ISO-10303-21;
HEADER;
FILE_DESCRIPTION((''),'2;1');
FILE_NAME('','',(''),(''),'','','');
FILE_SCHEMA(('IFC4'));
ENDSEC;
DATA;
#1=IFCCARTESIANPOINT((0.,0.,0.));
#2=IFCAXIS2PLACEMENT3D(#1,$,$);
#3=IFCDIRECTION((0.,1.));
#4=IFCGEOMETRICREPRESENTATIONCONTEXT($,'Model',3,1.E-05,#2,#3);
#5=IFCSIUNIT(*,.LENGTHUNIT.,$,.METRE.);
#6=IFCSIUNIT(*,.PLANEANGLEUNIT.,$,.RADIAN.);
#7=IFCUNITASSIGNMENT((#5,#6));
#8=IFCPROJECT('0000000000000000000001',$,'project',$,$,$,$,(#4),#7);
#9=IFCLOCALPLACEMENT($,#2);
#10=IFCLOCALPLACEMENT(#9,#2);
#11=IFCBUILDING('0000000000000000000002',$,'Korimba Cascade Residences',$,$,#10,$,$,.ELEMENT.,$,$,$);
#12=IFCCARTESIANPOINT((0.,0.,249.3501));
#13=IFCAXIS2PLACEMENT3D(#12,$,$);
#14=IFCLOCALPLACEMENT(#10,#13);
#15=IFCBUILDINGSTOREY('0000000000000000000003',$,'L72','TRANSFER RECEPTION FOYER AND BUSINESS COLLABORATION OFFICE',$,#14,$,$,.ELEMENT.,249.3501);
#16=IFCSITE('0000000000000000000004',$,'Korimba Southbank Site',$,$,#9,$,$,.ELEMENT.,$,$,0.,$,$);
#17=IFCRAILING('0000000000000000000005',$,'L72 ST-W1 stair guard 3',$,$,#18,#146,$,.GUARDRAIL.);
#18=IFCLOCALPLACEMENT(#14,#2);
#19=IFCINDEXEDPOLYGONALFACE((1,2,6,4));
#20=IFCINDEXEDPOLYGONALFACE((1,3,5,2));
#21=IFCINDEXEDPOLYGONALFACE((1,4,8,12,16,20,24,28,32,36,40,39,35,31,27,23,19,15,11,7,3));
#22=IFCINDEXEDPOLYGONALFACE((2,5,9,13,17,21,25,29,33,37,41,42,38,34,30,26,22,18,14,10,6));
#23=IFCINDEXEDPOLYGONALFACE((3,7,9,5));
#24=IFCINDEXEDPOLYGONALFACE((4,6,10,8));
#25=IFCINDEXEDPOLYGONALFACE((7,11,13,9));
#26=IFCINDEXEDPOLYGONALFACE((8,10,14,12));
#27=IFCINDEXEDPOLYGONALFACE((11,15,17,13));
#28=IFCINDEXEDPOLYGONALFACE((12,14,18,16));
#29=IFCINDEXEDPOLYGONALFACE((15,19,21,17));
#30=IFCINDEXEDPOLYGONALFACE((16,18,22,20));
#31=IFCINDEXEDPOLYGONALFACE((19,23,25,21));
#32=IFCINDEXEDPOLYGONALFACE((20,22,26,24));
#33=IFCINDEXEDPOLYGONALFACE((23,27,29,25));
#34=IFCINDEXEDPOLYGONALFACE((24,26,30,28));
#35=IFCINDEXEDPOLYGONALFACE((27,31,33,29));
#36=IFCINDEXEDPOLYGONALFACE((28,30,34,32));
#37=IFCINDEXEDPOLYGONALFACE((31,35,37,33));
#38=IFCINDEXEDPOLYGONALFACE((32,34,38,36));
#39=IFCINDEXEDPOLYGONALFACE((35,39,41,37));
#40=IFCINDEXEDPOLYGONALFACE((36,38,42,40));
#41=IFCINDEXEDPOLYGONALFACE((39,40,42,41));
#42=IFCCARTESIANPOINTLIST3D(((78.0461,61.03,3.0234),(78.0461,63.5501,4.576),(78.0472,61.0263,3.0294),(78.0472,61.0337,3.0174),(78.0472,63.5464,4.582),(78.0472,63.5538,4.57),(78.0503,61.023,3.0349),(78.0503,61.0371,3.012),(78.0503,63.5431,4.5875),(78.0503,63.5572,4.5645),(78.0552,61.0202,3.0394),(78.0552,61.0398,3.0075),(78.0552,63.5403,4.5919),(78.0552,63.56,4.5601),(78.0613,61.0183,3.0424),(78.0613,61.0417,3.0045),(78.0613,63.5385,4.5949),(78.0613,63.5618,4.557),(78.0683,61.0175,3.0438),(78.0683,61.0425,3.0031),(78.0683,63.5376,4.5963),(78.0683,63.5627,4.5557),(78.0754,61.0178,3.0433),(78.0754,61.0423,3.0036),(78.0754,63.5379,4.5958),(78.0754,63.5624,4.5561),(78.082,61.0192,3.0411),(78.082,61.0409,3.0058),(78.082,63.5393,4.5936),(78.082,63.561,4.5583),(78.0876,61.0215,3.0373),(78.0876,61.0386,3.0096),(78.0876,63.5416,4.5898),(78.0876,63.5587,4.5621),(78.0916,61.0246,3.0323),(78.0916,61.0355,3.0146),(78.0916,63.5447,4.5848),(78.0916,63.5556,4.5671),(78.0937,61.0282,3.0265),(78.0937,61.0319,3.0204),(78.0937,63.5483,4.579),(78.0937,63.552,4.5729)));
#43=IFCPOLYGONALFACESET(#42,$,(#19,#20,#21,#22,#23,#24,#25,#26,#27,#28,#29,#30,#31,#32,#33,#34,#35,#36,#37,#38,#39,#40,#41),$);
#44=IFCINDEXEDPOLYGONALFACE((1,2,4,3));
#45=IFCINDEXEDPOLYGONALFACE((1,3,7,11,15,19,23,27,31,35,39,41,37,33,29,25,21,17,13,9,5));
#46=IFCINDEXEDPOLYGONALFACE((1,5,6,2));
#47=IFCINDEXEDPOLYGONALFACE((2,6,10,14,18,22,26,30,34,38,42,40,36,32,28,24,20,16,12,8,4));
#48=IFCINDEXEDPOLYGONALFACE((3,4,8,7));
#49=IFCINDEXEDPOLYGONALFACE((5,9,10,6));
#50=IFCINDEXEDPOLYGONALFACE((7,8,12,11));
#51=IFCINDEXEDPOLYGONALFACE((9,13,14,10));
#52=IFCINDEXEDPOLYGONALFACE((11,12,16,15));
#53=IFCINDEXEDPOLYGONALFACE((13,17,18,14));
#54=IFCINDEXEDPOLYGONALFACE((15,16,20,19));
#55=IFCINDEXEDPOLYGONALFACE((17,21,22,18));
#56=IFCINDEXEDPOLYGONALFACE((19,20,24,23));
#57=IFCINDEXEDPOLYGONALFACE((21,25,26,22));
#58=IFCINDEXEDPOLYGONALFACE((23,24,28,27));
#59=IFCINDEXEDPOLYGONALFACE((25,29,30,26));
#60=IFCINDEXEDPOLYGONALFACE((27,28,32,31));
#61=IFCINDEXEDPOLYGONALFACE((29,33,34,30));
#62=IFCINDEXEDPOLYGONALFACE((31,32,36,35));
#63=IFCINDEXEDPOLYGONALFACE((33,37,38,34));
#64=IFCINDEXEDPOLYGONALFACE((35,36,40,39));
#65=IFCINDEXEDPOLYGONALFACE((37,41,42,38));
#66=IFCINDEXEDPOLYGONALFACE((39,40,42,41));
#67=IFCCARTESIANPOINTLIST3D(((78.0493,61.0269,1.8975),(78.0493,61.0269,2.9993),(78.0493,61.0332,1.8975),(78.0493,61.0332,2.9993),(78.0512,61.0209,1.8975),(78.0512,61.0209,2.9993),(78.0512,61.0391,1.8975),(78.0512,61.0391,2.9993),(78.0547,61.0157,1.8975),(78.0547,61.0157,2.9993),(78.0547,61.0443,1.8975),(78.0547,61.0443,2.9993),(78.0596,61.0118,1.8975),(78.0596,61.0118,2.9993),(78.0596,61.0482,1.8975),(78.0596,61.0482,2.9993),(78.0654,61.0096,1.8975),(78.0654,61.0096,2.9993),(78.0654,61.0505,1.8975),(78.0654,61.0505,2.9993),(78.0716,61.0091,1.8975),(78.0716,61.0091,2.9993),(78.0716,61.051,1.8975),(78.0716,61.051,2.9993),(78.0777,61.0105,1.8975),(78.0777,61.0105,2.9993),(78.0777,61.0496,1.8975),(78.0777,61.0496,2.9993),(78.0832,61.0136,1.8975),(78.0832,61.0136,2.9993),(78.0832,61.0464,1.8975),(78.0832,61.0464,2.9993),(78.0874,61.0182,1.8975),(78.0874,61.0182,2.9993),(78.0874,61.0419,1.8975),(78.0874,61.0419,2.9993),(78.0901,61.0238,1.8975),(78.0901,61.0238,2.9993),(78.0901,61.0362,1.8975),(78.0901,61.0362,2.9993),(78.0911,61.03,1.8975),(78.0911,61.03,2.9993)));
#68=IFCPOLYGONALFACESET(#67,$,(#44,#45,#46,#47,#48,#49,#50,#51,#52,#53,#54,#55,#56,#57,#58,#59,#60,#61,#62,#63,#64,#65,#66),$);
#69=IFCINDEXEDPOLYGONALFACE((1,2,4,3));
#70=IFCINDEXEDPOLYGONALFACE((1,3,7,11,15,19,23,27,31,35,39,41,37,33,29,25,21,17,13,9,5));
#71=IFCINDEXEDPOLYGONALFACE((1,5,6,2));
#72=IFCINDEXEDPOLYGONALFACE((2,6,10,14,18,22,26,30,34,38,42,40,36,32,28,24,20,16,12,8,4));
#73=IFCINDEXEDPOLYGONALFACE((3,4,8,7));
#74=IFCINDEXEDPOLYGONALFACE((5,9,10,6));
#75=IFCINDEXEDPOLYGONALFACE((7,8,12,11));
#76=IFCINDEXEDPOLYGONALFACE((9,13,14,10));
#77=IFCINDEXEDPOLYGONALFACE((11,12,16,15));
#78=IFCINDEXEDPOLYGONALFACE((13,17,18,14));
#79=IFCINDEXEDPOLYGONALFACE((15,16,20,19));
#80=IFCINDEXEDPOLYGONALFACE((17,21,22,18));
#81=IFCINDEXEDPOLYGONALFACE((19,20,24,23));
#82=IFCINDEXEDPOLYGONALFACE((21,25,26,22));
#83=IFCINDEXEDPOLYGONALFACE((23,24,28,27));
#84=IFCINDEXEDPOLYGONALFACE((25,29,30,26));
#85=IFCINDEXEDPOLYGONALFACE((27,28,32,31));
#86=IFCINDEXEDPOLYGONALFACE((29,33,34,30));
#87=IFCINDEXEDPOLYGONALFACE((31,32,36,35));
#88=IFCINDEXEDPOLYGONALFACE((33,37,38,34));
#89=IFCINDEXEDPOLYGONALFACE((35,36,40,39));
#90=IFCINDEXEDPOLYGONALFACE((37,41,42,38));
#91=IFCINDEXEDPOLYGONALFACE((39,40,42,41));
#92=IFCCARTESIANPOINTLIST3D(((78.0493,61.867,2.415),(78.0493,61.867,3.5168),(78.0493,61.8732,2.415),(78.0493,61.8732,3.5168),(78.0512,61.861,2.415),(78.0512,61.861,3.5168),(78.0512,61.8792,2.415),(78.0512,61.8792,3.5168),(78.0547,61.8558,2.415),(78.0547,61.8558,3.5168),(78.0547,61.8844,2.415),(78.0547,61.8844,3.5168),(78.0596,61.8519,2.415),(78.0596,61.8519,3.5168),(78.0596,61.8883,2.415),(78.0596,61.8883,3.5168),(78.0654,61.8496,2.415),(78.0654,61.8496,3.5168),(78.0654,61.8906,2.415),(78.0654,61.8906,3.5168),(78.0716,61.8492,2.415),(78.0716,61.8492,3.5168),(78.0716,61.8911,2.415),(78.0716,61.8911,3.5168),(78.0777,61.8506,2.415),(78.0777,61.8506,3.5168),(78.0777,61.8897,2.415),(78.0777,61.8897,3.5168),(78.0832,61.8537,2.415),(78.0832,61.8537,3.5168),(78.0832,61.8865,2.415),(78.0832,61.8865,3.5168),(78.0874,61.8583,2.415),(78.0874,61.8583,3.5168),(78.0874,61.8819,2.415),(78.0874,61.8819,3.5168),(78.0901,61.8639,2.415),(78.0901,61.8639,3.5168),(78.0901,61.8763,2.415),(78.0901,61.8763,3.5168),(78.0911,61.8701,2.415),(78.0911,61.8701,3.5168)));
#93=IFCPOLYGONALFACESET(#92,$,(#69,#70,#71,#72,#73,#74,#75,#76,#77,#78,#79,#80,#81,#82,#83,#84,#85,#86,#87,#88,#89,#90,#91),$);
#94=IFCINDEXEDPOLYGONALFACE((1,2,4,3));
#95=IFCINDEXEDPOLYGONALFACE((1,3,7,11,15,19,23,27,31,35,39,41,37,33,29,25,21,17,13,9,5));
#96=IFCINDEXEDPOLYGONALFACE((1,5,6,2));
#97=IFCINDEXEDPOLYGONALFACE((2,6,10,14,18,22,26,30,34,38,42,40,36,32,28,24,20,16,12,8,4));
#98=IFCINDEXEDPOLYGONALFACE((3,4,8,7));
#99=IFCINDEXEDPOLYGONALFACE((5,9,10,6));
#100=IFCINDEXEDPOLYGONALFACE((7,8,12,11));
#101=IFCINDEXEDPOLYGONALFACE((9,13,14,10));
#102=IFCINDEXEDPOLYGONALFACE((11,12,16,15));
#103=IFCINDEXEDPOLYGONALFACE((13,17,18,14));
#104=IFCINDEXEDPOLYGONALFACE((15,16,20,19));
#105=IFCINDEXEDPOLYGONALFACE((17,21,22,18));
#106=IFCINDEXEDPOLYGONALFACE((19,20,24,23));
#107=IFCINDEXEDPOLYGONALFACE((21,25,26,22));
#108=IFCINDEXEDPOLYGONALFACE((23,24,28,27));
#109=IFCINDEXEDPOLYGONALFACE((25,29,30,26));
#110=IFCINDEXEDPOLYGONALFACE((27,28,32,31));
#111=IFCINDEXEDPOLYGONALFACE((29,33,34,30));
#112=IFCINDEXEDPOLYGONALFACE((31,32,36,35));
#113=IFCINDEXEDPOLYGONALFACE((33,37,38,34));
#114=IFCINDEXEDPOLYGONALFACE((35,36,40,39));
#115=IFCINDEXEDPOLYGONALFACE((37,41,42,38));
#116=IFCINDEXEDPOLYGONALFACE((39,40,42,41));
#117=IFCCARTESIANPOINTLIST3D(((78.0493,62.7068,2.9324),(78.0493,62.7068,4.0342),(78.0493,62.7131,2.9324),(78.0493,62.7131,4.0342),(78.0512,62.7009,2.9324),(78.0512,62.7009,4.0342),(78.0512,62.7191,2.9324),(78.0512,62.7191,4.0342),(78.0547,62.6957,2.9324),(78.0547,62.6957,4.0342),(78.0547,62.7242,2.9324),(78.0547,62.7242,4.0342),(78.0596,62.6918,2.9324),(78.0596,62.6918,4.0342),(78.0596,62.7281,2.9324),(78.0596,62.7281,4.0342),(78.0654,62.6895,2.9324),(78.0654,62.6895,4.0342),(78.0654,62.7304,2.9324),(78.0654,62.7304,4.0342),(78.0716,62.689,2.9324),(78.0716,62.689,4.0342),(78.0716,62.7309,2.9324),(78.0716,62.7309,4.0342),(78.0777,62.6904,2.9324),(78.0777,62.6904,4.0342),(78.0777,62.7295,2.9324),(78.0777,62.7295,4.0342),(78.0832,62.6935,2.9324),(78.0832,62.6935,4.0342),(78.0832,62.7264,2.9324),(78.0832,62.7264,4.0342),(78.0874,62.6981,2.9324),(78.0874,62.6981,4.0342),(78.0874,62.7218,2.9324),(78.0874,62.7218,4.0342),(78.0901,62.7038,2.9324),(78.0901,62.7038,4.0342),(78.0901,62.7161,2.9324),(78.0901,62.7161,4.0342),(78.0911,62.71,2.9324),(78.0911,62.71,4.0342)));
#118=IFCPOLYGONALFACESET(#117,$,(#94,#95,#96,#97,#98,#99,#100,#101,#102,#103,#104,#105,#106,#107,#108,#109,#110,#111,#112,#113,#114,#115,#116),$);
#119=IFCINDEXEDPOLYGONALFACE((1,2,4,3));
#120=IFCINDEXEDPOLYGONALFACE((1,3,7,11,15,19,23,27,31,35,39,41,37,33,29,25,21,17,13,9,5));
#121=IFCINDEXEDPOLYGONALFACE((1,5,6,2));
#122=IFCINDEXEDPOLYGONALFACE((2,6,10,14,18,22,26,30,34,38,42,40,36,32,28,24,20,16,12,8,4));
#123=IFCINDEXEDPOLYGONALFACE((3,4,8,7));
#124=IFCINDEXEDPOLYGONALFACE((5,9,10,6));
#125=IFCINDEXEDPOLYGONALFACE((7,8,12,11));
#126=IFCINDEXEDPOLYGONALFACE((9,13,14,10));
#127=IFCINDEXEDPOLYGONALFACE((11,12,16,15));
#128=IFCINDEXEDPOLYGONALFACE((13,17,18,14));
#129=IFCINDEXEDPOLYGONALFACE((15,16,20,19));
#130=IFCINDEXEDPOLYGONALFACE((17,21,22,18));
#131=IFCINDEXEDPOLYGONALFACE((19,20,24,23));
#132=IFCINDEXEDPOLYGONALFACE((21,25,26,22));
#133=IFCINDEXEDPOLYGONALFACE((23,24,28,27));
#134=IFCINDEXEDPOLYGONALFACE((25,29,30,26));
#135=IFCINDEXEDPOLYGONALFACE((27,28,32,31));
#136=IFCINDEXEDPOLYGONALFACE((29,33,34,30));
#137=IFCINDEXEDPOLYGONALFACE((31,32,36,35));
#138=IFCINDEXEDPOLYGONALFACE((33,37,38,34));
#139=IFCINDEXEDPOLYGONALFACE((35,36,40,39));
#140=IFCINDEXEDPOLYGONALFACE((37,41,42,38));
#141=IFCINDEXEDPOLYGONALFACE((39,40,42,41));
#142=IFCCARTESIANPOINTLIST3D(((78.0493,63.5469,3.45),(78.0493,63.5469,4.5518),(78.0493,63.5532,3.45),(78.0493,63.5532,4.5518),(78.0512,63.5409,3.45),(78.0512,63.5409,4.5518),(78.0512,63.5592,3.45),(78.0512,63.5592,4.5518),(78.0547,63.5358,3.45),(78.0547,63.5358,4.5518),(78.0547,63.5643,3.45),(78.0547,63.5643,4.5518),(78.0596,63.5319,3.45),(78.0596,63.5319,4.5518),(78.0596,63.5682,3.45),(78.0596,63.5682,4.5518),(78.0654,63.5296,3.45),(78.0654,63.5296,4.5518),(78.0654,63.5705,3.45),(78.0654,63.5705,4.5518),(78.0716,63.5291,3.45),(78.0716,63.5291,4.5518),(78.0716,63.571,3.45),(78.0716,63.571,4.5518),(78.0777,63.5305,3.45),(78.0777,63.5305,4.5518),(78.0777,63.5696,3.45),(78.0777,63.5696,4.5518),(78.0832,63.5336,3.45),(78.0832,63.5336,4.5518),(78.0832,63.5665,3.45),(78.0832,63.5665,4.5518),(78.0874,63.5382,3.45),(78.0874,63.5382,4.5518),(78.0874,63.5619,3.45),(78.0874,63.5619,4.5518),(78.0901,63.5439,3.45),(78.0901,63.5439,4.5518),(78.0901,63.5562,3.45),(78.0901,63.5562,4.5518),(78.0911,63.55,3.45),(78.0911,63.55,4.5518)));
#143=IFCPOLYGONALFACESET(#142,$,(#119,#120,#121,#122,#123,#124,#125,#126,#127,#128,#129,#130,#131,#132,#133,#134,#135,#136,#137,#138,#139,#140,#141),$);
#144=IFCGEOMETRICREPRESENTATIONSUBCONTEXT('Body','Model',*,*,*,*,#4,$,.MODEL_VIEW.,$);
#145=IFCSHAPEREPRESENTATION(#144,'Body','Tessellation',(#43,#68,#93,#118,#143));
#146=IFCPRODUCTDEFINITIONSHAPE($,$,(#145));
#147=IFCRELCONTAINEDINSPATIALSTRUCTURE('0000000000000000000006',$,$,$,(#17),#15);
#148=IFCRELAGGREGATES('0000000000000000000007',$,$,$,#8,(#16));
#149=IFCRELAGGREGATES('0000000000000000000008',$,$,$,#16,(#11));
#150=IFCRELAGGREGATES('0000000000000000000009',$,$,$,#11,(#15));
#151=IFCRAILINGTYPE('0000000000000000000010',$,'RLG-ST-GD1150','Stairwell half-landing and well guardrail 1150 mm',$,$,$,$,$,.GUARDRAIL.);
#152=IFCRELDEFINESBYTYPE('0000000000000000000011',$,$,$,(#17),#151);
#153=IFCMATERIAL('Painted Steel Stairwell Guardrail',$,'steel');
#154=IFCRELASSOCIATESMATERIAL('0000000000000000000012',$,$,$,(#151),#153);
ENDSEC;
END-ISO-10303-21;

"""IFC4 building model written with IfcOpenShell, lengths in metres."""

from ifc_helpers import new_model, si_unit, direction, frame, origin, origin_2d, place, context, subcontext, project, spatial, circle, extrude, material, type_object, element, save


model = new_model("IFC4")

# Units and contexts
model_context = context("Model", 3, precision=1e-05, world=origin(), true_north=direction((0.0, 1.0)))
body_context = subcontext(model_context, "Body", "Model", "MODEL_VIEW")
ifc_project = project(units=[si_unit("LENGTHUNIT", "METRE"), si_unit("PLANEANGLEUNIT", "RADIAN")], contexts=[model_context])

# Site, building, storey
site_placement = place(None, origin())
site = spatial("IfcSite", under=ifc_project, at=site_placement, Name="Korimba Southbank Site", CompositionType="ELEMENT", RefElevation=0.0)
building_placement = place(site_placement, origin())
building = spatial("IfcBuilding", under=site, at=building_placement, Name="Korimba Cascade Residences", CompositionType="ELEMENT")
storey_placement = place(building_placement, frame((0.0, 0.0, 249.3501)))
storey = spatial("IfcBuildingStorey", under=building, at=storey_placement, Name="L72", Description="TRANSFER RECEPTION FOYER AND BUSINESS COLLABORATION OFFICE", CompositionType="ELEMENT", Elevation=249.3501)

# Railing
ifc_material_1 = material(Name="Painted Steel Stairwell Guardrail", Category="steel")
railing_type_1 = type_object("IfcRailingType", Name="RLG-ST-GD1150", Description="Stairwell half-landing and well guardrail 1150 mm", PredefinedType="GUARDRAIL", material=ifc_material_1)
railing_1_placement = place(storey_placement, frame((78.0701, 61.03, 1.8975)))
element("IfcRailing", 1, at=railing_1_placement, inside=storey, type_object=railing_type_1, Name="L72 ST-W1 stair guard 3", PredefinedType="GUARDRAIL", context=body_context, shape_type="SweptSolid", body=[
    extrude(circle(Radius=0.0239, at=origin_2d()), frame((0.0, 0.0, 1.126), z_axis=(0.0, 0.8514, 0.524516), x_axis=(-1.0, 0.0, 0.0)), (0.0, 0.0, 1.0), 2.96),
    extrude(circle(Radius=0.021, at=origin_2d()), origin(), (0.0, 0.0, 1.0), 1.1018),
    extrude(circle(Radius=0.021, at=origin_2d()), frame((0.0, 0.8401, 0.5176)), (0.0, 0.0, 1.0), 1.1018),
    extrude(circle(Radius=0.021, at=origin_2d()), frame((0.0, 1.6799, 1.0349)), (0.0, 0.0, 1.0), 1.1018),
    extrude(circle(Radius=0.021, at=origin_2d()), frame((0.0, 2.52, 1.5525)), (0.0, 0.0, 1.0), 1.1018),
])

save(model, "model.ifc")
